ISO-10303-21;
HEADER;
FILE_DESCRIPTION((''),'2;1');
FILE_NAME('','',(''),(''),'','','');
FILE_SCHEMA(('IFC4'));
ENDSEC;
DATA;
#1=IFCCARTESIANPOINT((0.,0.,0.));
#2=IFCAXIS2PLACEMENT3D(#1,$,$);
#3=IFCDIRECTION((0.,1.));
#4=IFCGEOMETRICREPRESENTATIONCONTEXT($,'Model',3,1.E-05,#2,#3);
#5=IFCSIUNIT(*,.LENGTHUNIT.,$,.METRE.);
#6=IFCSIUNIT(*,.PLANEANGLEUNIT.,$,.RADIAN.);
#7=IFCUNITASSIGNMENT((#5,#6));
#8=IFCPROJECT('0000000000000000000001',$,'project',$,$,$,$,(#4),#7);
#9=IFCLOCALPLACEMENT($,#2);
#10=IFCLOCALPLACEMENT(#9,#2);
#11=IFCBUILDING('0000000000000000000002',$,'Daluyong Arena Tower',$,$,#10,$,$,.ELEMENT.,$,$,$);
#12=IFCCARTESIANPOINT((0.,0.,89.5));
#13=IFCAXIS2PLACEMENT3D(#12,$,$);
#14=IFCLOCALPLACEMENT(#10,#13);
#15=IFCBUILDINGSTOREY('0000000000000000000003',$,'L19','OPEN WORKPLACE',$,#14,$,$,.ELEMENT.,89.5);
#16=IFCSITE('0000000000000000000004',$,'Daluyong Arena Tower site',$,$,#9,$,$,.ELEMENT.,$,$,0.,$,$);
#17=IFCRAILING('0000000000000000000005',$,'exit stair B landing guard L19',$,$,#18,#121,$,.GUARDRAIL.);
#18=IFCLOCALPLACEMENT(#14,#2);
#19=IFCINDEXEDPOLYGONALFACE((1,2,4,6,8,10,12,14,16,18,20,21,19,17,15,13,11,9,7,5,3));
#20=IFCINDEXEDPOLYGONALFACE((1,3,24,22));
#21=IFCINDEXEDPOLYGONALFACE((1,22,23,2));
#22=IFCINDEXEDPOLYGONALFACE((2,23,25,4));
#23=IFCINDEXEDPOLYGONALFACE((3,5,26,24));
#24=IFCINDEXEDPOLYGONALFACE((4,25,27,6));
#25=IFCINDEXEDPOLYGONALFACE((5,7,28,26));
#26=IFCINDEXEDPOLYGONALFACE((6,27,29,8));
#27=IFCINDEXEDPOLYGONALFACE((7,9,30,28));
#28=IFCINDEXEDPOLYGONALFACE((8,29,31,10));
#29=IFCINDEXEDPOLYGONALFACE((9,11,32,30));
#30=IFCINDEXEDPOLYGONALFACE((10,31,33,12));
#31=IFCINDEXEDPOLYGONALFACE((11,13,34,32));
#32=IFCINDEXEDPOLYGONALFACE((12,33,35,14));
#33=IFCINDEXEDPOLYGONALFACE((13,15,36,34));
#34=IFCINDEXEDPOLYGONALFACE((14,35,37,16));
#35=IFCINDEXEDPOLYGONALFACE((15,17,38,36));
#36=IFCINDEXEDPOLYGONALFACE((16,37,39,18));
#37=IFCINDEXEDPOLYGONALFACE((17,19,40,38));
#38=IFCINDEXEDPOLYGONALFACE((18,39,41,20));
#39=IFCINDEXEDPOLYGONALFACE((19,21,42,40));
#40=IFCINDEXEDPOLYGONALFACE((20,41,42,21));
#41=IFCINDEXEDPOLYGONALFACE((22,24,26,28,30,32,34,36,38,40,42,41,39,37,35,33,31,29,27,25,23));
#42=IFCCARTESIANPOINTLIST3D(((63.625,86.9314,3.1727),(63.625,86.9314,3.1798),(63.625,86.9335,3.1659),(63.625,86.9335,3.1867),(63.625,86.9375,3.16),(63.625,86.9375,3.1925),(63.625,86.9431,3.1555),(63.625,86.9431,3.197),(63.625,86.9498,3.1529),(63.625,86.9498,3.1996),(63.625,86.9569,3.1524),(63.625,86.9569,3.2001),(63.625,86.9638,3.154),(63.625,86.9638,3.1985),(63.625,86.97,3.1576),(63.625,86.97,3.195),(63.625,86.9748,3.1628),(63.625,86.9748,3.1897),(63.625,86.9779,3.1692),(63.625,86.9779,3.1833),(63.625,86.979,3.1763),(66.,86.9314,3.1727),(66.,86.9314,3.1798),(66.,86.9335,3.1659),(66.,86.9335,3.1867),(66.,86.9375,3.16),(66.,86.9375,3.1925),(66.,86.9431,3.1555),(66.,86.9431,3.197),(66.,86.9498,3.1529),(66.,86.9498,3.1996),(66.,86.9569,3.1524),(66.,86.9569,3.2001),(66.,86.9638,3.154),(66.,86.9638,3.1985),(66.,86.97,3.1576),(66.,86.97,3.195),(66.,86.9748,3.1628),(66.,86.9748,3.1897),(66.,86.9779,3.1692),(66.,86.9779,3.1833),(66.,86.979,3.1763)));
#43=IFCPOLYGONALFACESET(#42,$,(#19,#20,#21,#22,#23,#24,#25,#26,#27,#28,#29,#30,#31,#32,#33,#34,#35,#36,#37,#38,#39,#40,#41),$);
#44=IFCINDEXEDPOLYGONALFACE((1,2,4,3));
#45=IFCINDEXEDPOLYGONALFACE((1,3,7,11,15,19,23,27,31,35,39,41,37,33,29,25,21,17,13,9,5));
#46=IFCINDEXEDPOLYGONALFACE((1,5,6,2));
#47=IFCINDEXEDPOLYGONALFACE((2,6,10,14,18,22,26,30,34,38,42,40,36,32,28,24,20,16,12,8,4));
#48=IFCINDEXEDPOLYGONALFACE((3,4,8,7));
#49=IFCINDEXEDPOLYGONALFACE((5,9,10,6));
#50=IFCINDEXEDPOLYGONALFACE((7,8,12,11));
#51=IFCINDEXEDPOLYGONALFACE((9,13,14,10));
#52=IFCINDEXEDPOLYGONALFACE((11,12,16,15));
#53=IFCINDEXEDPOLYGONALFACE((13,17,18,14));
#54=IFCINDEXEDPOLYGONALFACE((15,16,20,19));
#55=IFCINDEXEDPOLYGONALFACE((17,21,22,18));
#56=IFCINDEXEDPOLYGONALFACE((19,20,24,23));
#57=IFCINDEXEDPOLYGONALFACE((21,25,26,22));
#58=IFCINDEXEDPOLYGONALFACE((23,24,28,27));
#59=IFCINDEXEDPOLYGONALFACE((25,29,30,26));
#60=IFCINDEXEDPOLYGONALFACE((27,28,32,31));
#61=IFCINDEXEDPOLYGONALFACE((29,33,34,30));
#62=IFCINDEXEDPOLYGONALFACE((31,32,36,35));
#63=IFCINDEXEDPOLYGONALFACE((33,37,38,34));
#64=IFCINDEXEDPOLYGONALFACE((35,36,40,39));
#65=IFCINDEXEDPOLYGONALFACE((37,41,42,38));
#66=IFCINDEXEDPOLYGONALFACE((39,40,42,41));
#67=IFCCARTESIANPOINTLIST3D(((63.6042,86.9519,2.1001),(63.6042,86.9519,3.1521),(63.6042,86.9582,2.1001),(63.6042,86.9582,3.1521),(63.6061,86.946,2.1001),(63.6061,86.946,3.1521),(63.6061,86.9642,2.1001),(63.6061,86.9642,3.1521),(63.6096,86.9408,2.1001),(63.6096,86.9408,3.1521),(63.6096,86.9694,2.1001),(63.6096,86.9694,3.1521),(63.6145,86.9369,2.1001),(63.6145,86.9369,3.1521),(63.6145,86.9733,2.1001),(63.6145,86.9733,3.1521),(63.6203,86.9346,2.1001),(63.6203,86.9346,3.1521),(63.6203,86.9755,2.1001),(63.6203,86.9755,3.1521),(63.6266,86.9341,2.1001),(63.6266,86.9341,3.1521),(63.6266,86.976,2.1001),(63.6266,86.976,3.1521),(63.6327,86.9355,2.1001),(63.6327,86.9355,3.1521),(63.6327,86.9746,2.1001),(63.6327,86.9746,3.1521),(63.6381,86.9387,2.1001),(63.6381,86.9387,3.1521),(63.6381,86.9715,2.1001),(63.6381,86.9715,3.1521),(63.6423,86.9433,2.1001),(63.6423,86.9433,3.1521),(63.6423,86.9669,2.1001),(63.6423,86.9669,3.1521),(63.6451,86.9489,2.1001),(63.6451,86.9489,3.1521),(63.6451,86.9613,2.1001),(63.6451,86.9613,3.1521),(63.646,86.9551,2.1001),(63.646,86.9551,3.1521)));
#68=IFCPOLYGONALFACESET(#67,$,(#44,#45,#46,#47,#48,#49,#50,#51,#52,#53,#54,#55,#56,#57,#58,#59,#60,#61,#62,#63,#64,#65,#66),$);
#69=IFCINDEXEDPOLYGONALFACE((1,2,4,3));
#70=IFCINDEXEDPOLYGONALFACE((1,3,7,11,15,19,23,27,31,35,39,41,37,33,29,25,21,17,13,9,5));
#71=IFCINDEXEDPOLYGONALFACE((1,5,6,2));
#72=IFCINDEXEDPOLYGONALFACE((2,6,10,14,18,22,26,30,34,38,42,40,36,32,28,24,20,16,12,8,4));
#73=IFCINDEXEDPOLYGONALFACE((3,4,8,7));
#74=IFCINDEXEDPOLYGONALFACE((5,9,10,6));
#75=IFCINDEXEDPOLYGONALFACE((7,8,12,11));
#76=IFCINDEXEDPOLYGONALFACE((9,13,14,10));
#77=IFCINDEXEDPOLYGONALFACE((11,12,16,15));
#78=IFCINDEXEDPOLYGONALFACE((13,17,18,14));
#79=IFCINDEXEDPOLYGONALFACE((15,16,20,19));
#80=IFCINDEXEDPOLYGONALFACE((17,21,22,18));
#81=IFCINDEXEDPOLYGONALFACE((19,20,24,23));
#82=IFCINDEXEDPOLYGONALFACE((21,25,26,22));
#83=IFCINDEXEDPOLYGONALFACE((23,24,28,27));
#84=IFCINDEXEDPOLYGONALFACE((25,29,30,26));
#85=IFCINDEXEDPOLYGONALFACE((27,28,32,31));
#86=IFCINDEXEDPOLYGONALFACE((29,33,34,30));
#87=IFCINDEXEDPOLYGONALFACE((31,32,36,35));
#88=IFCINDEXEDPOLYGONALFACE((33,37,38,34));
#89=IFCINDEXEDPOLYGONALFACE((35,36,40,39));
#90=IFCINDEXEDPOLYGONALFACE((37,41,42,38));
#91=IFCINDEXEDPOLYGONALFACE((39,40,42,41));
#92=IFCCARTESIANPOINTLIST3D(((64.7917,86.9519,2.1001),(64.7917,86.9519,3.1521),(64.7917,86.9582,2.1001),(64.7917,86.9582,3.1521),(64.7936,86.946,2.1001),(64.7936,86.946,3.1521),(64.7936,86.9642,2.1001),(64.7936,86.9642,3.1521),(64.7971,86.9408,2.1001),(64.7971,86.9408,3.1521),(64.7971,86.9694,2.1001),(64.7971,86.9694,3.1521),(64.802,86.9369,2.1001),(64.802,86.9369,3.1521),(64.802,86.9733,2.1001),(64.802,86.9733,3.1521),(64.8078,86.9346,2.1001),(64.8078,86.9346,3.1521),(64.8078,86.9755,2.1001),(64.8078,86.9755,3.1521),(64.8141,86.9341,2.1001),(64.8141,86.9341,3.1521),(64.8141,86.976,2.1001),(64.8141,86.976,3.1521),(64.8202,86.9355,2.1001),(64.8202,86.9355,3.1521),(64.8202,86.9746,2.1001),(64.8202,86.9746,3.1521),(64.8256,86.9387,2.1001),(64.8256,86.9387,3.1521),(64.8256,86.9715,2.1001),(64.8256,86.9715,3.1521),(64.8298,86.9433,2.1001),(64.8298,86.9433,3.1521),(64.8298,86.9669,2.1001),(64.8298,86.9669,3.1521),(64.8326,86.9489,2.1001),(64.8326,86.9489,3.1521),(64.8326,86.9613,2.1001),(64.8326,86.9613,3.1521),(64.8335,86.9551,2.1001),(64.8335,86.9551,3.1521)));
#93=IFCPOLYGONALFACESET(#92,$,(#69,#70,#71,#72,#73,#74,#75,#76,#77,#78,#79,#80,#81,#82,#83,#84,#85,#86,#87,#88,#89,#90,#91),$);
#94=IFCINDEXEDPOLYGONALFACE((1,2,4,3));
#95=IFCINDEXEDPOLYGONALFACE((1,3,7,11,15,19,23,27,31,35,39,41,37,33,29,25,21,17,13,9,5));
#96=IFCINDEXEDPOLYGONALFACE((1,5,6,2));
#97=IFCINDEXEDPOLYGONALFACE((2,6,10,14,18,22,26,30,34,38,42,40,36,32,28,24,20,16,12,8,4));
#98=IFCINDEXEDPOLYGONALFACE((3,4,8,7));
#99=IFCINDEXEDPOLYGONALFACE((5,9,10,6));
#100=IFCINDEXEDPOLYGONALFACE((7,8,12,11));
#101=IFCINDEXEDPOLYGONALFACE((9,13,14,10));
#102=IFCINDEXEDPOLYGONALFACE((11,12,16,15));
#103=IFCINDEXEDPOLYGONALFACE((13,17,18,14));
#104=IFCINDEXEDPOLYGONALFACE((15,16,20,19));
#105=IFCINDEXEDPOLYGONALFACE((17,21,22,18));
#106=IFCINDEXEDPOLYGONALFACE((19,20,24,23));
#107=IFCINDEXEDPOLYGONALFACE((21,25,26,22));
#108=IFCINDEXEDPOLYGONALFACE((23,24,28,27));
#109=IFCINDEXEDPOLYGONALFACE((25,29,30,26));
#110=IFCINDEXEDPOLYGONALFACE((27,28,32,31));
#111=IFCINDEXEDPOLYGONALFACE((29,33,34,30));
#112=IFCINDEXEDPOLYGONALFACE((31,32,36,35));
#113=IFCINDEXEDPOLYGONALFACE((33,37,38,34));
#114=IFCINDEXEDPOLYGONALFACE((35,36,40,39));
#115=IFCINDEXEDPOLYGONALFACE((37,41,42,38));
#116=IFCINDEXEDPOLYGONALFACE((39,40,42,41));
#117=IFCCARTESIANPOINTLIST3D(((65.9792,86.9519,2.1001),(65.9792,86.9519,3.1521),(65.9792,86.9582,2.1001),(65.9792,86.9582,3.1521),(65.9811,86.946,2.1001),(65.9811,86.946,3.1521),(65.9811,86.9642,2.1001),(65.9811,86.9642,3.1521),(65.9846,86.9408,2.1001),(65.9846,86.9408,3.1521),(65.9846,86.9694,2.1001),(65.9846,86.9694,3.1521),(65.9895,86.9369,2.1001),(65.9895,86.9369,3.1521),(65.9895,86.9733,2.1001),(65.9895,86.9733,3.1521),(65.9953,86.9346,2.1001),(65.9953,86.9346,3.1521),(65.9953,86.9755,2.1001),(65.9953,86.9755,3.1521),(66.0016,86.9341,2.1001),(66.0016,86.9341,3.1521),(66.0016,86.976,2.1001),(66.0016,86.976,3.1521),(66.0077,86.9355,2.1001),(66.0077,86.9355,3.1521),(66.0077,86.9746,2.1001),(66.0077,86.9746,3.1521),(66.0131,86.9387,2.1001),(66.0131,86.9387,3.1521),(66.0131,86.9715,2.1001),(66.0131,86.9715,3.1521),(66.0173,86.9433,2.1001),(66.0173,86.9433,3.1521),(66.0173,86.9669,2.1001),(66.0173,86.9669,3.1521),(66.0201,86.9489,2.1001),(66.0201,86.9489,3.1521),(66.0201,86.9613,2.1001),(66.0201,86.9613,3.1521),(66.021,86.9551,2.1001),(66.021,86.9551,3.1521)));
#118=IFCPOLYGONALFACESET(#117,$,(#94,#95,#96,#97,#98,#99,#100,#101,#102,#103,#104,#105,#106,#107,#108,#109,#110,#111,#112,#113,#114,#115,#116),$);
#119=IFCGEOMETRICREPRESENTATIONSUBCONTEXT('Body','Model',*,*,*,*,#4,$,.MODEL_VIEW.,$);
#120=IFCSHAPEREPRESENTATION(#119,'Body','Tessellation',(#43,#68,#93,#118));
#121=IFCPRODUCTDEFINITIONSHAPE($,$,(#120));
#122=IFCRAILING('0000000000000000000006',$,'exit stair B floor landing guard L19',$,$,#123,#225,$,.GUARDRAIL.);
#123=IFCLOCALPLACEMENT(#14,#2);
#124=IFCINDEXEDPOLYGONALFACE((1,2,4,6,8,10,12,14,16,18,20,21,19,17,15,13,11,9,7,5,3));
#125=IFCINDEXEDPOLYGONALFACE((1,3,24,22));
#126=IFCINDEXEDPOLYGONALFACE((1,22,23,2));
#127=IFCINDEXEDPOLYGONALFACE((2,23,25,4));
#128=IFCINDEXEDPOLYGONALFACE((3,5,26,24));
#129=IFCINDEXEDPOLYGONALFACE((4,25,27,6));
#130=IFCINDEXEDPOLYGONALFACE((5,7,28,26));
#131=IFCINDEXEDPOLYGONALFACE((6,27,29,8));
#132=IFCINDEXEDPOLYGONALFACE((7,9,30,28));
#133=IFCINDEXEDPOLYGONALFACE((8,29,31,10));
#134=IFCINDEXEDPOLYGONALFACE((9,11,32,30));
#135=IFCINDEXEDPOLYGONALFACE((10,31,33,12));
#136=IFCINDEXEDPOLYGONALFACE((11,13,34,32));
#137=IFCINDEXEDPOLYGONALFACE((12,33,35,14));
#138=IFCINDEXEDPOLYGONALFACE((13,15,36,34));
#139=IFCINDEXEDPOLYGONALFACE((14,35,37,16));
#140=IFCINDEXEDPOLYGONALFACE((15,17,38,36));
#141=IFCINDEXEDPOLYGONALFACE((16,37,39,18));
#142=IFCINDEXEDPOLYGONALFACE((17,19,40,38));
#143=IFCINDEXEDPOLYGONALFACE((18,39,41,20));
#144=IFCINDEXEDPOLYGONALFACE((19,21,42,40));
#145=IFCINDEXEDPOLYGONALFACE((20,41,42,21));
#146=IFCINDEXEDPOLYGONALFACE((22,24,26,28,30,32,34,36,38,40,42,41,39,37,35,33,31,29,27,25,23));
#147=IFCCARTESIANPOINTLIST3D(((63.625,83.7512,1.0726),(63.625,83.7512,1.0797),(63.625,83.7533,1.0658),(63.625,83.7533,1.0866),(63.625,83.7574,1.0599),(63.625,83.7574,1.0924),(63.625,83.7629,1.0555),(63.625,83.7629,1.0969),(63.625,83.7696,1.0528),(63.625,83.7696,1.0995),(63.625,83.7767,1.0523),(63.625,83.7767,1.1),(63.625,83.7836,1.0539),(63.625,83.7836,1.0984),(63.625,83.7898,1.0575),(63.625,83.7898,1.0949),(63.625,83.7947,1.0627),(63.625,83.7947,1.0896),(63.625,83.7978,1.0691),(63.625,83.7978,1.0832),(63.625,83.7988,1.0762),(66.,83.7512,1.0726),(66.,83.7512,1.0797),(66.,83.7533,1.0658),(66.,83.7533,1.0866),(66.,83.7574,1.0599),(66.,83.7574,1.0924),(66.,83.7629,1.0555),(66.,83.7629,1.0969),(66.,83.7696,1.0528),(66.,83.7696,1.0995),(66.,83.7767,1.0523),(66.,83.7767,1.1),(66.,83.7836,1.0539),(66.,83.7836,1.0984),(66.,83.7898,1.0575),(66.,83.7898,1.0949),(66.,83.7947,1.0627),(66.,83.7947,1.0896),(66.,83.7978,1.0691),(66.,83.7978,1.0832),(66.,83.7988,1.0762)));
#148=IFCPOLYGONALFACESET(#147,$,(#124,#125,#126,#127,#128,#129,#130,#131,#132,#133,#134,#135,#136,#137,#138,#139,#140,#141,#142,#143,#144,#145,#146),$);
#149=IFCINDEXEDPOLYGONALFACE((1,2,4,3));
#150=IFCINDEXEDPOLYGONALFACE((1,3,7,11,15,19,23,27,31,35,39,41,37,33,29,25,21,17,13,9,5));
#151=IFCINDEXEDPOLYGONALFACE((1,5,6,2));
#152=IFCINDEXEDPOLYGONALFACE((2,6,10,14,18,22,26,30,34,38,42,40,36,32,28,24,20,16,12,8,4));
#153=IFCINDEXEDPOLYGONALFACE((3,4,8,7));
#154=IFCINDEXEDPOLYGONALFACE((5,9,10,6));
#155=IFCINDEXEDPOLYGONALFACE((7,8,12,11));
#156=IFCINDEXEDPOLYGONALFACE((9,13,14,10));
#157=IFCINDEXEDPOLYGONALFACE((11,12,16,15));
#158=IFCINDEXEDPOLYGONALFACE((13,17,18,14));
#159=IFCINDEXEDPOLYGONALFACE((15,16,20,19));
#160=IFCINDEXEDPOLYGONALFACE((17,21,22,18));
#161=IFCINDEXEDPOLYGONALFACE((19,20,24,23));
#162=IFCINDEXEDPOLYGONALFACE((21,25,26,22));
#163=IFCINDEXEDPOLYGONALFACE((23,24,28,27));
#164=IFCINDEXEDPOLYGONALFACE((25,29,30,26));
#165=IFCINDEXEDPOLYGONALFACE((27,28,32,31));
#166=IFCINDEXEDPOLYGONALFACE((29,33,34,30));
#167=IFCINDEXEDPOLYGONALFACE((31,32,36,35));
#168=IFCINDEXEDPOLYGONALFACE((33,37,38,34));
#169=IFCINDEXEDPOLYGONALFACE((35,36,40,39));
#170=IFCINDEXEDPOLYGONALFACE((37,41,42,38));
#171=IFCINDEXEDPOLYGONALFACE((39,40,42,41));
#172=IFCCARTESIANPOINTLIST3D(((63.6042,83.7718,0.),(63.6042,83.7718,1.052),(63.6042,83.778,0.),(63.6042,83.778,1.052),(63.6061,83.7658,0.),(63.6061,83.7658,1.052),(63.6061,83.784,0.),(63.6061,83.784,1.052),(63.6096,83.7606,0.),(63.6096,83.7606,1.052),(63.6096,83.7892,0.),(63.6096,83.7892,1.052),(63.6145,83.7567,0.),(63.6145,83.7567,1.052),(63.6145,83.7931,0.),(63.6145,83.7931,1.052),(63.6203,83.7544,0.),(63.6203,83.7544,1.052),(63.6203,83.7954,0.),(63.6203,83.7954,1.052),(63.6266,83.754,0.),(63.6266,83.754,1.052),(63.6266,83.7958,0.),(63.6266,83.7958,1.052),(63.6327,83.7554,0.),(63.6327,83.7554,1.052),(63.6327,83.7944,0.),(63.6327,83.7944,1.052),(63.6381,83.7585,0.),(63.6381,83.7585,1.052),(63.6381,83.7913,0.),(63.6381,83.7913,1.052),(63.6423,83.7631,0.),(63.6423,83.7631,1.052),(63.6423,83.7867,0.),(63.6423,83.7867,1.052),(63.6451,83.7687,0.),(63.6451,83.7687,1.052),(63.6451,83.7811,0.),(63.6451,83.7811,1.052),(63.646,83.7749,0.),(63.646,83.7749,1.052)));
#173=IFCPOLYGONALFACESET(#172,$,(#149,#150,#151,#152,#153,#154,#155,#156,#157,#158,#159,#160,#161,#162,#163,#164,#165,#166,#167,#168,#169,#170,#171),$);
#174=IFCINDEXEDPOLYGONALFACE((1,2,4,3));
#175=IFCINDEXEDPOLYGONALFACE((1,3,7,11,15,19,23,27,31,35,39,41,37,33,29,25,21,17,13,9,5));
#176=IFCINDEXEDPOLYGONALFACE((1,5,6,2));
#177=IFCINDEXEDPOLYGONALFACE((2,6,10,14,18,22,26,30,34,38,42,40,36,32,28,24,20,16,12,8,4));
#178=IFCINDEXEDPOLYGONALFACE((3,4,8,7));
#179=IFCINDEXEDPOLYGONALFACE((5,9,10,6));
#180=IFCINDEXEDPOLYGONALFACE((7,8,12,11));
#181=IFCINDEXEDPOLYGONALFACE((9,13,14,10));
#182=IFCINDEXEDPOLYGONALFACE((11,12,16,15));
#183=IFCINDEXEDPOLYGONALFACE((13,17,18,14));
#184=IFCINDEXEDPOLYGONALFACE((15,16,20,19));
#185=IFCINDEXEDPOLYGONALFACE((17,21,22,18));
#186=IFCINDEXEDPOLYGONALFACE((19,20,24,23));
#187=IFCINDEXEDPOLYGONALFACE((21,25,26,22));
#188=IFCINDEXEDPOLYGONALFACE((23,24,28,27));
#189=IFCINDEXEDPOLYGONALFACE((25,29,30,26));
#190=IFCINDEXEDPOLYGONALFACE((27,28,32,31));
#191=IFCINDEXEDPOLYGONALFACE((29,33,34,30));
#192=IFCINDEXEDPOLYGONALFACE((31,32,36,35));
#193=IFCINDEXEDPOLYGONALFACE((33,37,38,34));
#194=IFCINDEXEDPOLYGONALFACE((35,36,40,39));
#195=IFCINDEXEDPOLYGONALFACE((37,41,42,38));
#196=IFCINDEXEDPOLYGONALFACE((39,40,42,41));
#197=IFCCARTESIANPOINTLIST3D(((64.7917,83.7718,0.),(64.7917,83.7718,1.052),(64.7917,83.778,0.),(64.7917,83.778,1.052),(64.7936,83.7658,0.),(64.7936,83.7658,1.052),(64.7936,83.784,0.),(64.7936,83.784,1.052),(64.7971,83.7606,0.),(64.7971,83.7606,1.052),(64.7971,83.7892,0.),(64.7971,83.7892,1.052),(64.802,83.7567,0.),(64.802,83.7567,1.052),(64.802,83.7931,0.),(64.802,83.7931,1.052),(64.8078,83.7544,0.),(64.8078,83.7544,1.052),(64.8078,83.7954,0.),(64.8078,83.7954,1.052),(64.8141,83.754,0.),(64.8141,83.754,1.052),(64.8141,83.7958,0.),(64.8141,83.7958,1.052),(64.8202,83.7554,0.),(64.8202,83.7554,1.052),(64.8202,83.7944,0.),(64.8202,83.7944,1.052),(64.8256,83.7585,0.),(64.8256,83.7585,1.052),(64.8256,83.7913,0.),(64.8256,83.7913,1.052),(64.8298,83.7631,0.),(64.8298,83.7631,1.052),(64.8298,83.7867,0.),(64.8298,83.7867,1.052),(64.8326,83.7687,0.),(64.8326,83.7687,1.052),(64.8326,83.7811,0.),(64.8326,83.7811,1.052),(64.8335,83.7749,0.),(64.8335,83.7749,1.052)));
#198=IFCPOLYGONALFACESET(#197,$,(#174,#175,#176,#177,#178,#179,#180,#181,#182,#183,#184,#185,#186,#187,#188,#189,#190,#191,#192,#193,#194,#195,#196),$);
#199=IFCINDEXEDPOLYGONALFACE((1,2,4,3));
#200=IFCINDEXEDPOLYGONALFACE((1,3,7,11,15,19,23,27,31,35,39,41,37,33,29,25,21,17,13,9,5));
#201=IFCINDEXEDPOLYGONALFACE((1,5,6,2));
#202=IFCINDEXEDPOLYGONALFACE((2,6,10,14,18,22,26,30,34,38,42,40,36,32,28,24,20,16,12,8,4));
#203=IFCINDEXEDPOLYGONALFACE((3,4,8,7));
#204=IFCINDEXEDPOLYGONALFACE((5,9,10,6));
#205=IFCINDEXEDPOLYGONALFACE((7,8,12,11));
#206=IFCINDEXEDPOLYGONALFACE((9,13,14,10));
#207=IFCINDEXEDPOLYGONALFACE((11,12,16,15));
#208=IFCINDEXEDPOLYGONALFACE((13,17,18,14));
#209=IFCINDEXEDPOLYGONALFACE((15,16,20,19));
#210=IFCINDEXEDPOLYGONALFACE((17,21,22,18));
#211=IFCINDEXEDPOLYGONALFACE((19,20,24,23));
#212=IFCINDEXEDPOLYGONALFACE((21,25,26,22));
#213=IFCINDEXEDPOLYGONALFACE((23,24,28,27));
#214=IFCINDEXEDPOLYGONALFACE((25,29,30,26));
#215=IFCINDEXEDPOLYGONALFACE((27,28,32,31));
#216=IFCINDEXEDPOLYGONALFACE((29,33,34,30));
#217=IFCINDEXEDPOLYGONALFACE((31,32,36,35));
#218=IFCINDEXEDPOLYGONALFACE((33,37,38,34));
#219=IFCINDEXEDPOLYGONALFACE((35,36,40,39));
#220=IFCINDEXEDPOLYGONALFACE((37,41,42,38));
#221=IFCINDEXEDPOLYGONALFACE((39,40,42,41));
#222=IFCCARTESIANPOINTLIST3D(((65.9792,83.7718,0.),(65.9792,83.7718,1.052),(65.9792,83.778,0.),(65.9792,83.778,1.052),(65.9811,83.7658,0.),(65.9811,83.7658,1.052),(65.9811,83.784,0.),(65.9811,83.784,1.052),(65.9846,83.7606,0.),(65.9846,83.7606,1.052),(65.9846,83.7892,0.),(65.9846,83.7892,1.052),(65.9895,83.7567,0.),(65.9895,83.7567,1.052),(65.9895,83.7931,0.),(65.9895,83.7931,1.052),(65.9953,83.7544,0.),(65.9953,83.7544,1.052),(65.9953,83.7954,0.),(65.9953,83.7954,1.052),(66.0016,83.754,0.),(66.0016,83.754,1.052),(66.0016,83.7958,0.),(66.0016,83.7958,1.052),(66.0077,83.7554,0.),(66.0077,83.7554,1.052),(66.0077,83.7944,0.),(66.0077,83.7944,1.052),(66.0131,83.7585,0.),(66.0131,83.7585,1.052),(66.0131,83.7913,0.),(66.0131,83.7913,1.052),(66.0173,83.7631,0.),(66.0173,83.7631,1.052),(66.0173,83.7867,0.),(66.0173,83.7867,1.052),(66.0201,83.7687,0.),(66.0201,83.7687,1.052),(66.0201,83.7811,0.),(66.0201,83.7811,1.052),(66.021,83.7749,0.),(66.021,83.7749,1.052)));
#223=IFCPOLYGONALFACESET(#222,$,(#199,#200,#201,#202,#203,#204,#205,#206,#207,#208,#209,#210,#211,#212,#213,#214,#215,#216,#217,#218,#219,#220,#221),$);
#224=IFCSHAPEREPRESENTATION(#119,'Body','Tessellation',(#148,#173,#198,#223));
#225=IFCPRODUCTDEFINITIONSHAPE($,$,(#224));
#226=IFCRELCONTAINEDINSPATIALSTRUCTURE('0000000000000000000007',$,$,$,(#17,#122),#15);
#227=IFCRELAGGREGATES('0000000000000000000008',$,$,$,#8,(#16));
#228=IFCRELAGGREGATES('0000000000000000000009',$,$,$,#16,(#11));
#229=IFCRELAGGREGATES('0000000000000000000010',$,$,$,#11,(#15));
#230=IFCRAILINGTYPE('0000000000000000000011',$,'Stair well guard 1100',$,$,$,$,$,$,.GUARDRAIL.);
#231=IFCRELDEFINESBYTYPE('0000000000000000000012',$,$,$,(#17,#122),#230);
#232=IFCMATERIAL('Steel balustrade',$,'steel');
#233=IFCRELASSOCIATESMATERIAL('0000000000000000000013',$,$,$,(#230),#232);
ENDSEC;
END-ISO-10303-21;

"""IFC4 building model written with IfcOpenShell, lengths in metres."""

from ifc_helpers import new_model, si_unit, direction, frame, origin, origin_2d, place, context, subcontext, project, spatial, circle, extrude, material, type_object, element, save


model = new_model("IFC4")

# Units and contexts
model_context = context("Model", 3, precision=1e-05, world=origin(), true_north=direction((0.0, 1.0)))
body_context = subcontext(model_context, "Body", "Model", "MODEL_VIEW")
ifc_project = project(units=[si_unit("LENGTHUNIT", "METRE"), si_unit("PLANEANGLEUNIT", "RADIAN")], contexts=[model_context])

# Site, building, storey
site_placement = place(None, origin())
site = spatial("IfcSite", under=ifc_project, at=site_placement, Name="Daluyong Arena Tower site", CompositionType="ELEMENT", RefElevation=0.0)
building_placement = place(site_placement, origin())
building = spatial("IfcBuilding", under=site, at=building_placement, Name="Daluyong Arena Tower", CompositionType="ELEMENT")
storey_placement = place(building_placement, frame((0.0, 0.0, 89.5)))
storey = spatial("IfcBuildingStorey", under=building, at=storey_placement, Name="L19", Description="OPEN WORKPLACE", CompositionType="ELEMENT", Elevation=89.5)

# Railings
ifc_material_1 = material(Name="Steel balustrade", Category="steel")
railing_type_1 = type_object("IfcRailingType", Name="Stair well guard 1100", PredefinedType="GUARDRAIL", material=ifc_material_1)
for number, where, name in (
    (1, (63.625, 86.9551, 2.1001), "exit stair B landing guard L19"),
    (2, (63.625, 83.7749, 0.0), "exit stair B floor landing guard L19"),
):
    element("IfcRailing", number, at=place(storey_placement, frame(where)), inside=storey, type_object=railing_type_1, Name=name, PredefinedType="GUARDRAIL", context=body_context, shape_type="SweptSolid", body=[
        extrude(circle(Radius=0.0239, at=origin_2d()), frame((0.0, 0.0, 1.0762), z_axis=(1.0, 0.0, 0.0), x_axis=(0.0, 1.0, 0.0)), (0.0, 0.0, 1.0), 2.375),
        extrude(circle(Radius=0.021, at=origin_2d()), origin(), (0.0, 0.0, 1.0), 1.052),
        extrude(circle(Radius=0.021, at=origin_2d()), frame((1.1875, 0.0, 0.0)), (0.0, 0.0, 1.0), 1.052),
        extrude(circle(Radius=0.021, at=origin_2d()), frame((2.375, 0.0, 0.0)), (0.0, 0.0, 1.0), 1.052),
    ])

save(model, "model.ifc")
